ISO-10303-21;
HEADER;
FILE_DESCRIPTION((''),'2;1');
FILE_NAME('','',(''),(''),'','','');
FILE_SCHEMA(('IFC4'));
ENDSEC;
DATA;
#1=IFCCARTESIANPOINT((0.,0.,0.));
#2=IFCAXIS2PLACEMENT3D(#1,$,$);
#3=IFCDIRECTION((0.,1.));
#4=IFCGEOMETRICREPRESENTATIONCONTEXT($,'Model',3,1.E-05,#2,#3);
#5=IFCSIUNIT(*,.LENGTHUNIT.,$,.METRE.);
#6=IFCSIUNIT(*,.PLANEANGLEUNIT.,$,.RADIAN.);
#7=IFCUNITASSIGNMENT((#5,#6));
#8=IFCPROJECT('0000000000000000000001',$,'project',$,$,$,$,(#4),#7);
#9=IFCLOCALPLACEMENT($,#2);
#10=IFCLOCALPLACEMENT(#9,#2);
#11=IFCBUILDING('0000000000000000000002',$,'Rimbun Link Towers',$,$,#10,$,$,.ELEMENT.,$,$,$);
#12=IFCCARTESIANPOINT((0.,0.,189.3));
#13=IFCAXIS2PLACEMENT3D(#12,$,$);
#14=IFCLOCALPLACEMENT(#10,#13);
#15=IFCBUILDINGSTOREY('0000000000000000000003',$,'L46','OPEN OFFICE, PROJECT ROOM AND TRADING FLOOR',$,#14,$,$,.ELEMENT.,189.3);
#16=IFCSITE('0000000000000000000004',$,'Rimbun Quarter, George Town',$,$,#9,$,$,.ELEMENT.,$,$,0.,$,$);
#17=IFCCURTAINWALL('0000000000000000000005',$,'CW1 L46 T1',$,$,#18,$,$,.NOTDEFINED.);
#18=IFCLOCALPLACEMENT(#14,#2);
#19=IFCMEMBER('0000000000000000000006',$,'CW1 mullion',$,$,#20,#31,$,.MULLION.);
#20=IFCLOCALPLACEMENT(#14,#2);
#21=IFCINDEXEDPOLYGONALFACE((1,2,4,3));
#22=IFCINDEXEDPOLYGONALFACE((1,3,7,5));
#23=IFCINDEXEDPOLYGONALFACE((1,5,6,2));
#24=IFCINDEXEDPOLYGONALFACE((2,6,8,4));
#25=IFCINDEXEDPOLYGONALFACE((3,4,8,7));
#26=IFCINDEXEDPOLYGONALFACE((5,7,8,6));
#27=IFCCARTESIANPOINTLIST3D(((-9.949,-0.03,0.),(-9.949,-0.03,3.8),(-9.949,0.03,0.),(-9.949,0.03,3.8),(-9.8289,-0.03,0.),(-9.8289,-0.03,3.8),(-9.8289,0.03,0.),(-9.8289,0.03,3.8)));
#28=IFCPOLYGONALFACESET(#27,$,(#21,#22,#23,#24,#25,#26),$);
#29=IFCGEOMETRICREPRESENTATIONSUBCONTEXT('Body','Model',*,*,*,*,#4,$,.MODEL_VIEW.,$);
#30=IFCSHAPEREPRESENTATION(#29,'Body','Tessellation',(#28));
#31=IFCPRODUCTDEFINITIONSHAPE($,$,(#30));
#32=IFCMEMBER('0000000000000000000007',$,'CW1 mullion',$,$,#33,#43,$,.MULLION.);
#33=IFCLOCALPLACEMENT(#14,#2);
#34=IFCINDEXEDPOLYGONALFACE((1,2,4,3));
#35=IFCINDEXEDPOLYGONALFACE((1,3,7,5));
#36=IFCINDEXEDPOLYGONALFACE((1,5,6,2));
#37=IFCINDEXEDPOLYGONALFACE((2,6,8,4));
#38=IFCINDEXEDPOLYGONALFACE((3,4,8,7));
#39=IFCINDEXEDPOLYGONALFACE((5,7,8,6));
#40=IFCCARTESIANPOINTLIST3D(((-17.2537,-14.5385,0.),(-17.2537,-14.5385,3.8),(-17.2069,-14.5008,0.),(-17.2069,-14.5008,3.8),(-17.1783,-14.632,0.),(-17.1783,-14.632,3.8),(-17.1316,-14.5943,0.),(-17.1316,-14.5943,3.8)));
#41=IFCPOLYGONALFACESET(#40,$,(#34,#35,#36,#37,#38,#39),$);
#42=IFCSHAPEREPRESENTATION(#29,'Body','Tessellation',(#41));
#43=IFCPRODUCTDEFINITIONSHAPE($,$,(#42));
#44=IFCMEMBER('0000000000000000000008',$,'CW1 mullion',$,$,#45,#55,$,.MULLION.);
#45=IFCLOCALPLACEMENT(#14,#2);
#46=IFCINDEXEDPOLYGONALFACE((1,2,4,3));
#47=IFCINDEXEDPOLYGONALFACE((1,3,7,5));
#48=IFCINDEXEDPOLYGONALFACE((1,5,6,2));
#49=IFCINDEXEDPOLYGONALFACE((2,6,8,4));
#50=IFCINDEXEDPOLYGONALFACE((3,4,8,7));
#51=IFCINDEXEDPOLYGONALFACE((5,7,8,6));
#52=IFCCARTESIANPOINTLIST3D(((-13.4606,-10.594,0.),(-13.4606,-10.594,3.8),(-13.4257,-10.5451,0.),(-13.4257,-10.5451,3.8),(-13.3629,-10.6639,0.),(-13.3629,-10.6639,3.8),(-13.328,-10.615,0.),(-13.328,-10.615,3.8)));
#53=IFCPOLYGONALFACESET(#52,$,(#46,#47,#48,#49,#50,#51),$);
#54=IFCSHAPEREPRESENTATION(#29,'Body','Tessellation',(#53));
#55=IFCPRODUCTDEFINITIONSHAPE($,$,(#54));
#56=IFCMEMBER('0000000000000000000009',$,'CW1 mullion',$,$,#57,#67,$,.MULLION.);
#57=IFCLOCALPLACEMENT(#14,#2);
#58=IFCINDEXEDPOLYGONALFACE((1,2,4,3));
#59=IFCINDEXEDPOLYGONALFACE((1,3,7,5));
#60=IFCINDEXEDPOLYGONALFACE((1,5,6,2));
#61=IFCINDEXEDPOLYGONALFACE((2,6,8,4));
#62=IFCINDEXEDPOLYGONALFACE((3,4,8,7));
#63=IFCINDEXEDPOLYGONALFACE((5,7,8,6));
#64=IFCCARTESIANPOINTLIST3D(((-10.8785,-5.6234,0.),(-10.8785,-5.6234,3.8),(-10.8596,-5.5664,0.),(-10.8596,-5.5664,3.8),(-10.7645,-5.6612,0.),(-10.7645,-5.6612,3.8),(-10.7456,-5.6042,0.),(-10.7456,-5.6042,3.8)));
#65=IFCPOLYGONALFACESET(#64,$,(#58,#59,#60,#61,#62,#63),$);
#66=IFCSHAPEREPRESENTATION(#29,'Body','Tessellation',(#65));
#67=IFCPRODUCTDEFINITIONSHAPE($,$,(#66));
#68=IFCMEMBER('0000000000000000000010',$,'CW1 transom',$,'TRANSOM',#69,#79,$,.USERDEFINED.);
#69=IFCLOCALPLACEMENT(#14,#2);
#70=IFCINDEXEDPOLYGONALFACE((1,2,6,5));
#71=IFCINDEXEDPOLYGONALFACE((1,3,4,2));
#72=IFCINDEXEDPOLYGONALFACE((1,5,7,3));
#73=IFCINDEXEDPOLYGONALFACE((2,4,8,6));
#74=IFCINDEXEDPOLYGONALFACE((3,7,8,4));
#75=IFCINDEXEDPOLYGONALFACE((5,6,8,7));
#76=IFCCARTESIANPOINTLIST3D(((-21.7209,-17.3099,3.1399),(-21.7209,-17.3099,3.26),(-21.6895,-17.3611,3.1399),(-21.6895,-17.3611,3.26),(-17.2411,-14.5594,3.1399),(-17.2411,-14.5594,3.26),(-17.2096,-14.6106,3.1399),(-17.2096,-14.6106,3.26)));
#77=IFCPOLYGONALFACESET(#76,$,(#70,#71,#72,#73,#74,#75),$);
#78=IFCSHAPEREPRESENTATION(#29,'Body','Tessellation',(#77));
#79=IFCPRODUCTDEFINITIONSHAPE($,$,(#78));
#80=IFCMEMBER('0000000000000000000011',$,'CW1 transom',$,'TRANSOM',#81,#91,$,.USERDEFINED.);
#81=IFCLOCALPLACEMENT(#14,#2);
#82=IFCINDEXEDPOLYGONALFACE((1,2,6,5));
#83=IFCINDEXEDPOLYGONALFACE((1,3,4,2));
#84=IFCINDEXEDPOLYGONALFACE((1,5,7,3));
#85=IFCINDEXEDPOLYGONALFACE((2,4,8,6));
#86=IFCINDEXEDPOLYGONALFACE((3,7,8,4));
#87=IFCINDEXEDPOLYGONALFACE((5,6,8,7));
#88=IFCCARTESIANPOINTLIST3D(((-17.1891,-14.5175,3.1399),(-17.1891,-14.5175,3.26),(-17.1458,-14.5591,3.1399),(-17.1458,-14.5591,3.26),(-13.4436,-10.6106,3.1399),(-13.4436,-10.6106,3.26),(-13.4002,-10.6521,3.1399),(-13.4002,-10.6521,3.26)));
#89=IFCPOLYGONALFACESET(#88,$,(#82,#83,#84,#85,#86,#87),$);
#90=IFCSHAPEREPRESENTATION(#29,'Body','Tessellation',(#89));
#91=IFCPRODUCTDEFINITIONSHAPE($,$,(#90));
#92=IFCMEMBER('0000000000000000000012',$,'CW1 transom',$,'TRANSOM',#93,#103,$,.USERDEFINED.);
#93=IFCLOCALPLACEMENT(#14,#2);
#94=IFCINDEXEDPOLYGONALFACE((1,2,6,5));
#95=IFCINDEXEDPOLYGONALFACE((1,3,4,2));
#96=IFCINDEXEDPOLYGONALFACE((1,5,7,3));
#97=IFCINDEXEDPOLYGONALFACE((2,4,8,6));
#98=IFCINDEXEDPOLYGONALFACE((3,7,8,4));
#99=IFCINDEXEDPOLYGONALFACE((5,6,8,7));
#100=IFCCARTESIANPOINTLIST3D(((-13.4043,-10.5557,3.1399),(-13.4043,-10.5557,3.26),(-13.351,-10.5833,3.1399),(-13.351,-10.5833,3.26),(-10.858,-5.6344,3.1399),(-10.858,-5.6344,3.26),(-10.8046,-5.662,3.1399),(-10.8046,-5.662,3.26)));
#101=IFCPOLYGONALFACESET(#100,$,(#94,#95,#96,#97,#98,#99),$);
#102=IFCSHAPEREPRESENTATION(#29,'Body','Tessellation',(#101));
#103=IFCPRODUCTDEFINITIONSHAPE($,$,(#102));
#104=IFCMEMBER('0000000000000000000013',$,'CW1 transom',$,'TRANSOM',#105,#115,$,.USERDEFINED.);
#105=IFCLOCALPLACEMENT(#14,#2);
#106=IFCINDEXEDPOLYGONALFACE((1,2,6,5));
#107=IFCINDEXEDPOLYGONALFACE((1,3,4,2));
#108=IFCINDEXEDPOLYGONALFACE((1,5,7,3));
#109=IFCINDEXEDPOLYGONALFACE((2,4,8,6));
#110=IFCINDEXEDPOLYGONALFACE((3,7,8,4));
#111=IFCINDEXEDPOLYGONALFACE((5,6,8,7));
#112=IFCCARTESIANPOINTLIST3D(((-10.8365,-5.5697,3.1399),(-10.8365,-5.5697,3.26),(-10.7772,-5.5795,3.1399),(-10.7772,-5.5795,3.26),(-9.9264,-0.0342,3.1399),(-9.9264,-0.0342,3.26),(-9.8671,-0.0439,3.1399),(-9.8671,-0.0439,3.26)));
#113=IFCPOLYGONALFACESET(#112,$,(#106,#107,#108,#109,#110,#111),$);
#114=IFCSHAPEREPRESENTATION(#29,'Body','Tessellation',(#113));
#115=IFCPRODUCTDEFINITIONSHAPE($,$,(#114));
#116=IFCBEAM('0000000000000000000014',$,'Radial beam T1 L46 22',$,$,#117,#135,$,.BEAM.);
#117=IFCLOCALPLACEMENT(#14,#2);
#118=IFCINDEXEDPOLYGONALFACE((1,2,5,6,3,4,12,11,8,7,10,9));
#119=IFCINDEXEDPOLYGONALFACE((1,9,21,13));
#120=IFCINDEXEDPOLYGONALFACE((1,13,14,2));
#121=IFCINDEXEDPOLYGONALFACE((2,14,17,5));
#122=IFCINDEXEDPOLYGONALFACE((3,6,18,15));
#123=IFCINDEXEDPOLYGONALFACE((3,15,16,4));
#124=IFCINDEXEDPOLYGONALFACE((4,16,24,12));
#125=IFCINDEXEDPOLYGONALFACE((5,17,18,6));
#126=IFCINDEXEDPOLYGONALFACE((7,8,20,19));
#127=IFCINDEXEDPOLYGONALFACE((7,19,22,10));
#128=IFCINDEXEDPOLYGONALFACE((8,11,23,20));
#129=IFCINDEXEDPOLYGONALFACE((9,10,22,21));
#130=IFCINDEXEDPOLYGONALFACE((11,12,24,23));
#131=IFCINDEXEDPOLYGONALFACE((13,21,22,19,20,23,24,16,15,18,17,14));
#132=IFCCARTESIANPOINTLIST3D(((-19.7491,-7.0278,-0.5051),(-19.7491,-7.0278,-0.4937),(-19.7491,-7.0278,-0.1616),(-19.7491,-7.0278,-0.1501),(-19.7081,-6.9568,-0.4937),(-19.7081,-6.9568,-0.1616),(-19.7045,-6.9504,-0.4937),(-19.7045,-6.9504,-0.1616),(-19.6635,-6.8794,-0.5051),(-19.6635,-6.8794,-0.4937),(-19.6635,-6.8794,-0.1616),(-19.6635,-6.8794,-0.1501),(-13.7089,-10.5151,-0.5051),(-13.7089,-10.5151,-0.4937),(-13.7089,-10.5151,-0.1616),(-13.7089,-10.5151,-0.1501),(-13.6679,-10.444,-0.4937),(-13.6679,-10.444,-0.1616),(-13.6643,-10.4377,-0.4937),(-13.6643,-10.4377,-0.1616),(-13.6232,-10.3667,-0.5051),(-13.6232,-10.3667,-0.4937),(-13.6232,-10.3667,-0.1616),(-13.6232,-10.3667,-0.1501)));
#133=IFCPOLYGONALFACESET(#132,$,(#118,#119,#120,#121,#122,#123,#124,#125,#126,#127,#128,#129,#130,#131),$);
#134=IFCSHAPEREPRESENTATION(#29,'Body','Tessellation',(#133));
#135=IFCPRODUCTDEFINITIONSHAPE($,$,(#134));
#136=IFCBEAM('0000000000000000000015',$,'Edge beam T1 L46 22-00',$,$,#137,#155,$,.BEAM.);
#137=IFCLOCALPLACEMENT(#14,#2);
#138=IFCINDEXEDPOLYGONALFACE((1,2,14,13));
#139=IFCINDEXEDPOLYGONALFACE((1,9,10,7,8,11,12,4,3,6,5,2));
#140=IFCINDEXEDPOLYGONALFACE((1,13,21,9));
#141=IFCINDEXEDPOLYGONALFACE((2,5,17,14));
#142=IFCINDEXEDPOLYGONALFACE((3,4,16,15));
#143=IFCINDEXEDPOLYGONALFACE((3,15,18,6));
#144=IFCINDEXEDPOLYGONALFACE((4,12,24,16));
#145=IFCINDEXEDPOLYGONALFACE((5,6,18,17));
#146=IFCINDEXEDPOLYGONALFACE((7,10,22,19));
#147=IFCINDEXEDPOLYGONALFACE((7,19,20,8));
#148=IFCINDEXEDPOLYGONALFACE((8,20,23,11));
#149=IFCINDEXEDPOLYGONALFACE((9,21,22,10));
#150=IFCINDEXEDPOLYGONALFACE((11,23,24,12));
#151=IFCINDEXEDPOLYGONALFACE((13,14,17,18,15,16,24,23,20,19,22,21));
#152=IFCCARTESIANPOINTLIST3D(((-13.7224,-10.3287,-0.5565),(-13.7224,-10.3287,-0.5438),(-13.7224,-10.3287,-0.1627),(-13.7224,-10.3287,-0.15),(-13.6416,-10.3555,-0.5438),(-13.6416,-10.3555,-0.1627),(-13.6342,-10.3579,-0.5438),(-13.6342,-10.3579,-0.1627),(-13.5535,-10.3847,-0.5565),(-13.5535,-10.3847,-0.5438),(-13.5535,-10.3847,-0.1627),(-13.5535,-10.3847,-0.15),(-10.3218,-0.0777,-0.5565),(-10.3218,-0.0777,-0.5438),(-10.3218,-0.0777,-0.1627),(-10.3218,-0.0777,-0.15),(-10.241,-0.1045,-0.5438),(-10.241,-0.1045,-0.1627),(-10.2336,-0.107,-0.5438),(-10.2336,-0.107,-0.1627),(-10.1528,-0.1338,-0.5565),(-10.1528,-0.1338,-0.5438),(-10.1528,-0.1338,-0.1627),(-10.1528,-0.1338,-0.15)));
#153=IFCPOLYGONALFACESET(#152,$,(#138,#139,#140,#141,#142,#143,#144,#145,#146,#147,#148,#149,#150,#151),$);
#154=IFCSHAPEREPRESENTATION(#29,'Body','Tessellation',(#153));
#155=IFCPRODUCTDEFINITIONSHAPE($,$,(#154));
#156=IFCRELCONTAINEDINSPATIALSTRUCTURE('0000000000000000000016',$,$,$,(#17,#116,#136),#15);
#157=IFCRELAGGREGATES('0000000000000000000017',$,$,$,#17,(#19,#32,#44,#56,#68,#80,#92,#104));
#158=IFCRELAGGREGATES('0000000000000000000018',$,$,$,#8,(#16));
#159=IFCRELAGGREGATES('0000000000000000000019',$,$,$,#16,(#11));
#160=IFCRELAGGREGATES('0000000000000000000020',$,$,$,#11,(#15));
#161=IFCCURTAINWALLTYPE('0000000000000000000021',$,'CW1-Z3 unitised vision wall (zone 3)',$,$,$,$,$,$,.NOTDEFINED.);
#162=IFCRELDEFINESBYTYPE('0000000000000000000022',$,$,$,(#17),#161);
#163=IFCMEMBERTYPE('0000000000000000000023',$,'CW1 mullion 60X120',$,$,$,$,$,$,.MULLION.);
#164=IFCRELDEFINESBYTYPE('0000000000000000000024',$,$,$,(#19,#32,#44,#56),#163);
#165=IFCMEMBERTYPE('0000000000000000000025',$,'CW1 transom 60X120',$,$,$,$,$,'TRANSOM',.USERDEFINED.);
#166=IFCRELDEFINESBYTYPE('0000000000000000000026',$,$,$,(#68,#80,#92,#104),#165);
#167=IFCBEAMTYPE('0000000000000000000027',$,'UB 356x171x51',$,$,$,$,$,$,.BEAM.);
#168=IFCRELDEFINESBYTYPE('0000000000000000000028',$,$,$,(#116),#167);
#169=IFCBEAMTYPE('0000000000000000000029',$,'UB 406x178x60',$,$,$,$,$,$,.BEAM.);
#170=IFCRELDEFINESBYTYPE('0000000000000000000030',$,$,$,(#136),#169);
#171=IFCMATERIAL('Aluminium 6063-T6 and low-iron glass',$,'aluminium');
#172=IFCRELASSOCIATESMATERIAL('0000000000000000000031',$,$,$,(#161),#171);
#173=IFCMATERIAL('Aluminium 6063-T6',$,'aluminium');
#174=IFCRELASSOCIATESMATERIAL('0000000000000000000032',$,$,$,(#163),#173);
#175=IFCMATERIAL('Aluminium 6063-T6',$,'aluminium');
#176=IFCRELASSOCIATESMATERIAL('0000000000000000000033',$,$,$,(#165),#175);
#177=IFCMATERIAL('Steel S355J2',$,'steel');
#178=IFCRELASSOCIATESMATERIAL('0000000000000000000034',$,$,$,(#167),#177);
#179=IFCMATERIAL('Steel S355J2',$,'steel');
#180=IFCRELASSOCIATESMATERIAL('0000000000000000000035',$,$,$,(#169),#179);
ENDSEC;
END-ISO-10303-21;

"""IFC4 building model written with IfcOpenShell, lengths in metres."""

from ifc_helpers import new_model, si_unit, direction, frame, origin, origin_2d, place, context, subcontext, project, spatial, rectangle, i_section, extrude, material, material_profile, profile_set, type_object, element, aggregate, save


model = new_model("IFC4")

# Units and contexts
model_context = context("Model", 3, precision=1e-05, world=origin(), true_north=direction((0.0, 1.0)))
body_context = subcontext(model_context, "Body", "Model", "MODEL_VIEW")
ifc_project = project(units=[si_unit("LENGTHUNIT", "METRE"), si_unit("PLANEANGLEUNIT", "RADIAN")], contexts=[model_context])

# Site, building, storey
site_placement = place(None, origin())
site = spatial("IfcSite", under=ifc_project, at=site_placement, Name="Rimbun Quarter, George Town", CompositionType="ELEMENT", RefElevation=0.0)
building_placement = place(site_placement, origin())
building = spatial("IfcBuilding", under=site, at=building_placement, Name="Rimbun Link Towers", CompositionType="ELEMENT")
storey_placement = place(building_placement, frame((0.0, 0.0, 189.3)))
storey = spatial("IfcBuildingStorey", under=building, at=storey_placement, Name="L46", Description="OPEN OFFICE, PROJECT ROOM AND TRADING FLOOR", CompositionType="ELEMENT", Elevation=189.3)

# Curtain wall, members
ifc_material_1 = material(Name="Aluminium 6063-T6 and low-iron glass", Category="aluminium")
curtain_wall_type = type_object("IfcCurtainWallType", Name="CW1-Z3 unitised vision wall (zone 3)", PredefinedType="NOTDEFINED", material=ifc_material_1)
curtain_wall_placement = place(storey_placement, origin())
curtain_wall = element("IfcCurtainWall", 1, at=curtain_wall_placement, inside=storey, type_object=curtain_wall_type, Name="CW1 L46 T1", PredefinedType="NOTDEFINED")
ifc_material_2 = material(Name="Aluminium 6063-T6", Category="aluminium")
ifc_material_profile_1 = material_profile(ifc_material_2, rectangle(XDim=0.1201, YDim=0.0601, at=origin_2d()), Name="MULLION 60X120")
ifc_profile_set_1 = profile_set([ifc_material_profile_1], Name="Aluminium 6063-T6")
member_type_1 = type_object("IfcMemberType", Name="CW1 mullion 60X120", PredefinedType="MULLION", material=ifc_profile_set_1)
member_1_placement = place(storey_placement, frame((-9.8889, 0.0, 0.0), z_axis=(0.0, 0.0, 1.0), x_axis=(1.0, 0.0, 0.0)))
member_1 = element("IfcMember", 2, at=member_1_placement, type_object=member_type_1, Name="CW1 mullion", PredefinedType="MULLION", context=body_context, shape_type="SweptSolid", body=[
    extrude(rectangle(XDim=0.1201, YDim=0.0601, at=origin_2d()), origin(), (0.0, 0.0, 1.0), 3.8),
])
member_2_placement = place(storey_placement, frame((-17.1926, -14.5664, 0.0), z_axis=(0.0, 0.0, 1.0), x_axis=(0.627666, -0.778483, 0.0)))
member_2 = element("IfcMember", 3, at=member_2_placement, type_object=member_type_1, Name="CW1 mullion", PredefinedType="MULLION", context=body_context, shape_type="SweptSolid", body=[
    extrude(rectangle(XDim=0.1201, YDim=0.0601, at=origin_2d()), origin(), (0.0, 0.0, 1.0), 3.8),
])
member_3_placement = place(storey_placement, frame((-13.3943, -10.6045, 0.0), z_axis=(0.0, 0.0, 1.0), x_axis=(0.813347, -0.581779, 0.0)))
member_3 = element("IfcMember", 4, at=member_3_placement, type_object=member_type_1, Name="CW1 mullion", PredefinedType="MULLION", context=body_context, shape_type="SweptSolid", body=[
    extrude(rectangle(XDim=0.1201, YDim=0.0601, at=origin_2d()), origin(), (0.0, 0.0, 1.0), 3.8),
])
member_4_placement = place(storey_placement, frame((-10.812, -5.6138, 0.0), z_axis=(0.0, 0.0, 1.0), x_axis=(0.949162, -0.314788, 0.0)))
member_4 = element("IfcMember", 5, at=member_4_placement, type_object=member_type_1, Name="CW1 mullion", PredefinedType="MULLION", context=body_context, shape_type="SweptSolid", body=[
    extrude(rectangle(XDim=0.1201, YDim=0.0601, at=origin_2d()), origin(), (0.0, 0.0, 1.0), 3.8),
])
ifc_material_3 = material(Name="Aluminium 6063-T6", Category="aluminium")
ifc_material_profile_2 = material_profile(ifc_material_3, rectangle(XDim=0.0601, YDim=0.1201, at=origin_2d()), Name="TRANSOM 60X120")
ifc_profile_set_2 = profile_set([ifc_material_profile_2], Name="Aluminium 6063-T6")
member_type_2 = type_object("IfcMemberType", Name="CW1 transom 60X120", ElementType="TRANSOM", PredefinedType="USERDEFINED", material=ifc_profile_set_2)
member_5_placement = place(storey_placement, frame((-17.2253, -14.585, 3.2), z_axis=(-0.85219, -0.523232, 0.0), x_axis=(0.523232, -0.85219, 0.0)))
member_5 = element("IfcMember", 6, at=member_5_placement, type_object=member_type_2, Name="CW1 transom", ObjectType="TRANSOM", PredefinedType="USERDEFINED", context=body_context, shape_type="SweptSolid", body=[
    extrude(rectangle(XDim=0.0601, YDim=0.1201, at=origin_2d()), origin(), (0.0, 0.0, 1.0), 5.2568),
])
member_6_placement = place(storey_placement, frame((-13.4219, -10.6313, 3.2), z_axis=(-0.692042, -0.721858, 0.0), x_axis=(0.721858, -0.692042, 0.0)))
member_6 = element("IfcMember", 7, at=member_6_placement, type_object=member_type_2, Name="CW1 transom", ObjectType="TRANSOM", PredefinedType="USERDEFINED", context=body_context, shape_type="SweptSolid", body=[
    extrude(rectangle(XDim=0.0601, YDim=0.1201, at=origin_2d()), origin(), (0.0, 0.0, 1.0), 5.4124),
])
member_7_placement = place(storey_placement, frame((-10.8313, -5.6482, 3.2), z_axis=(-0.459543, -0.888156, 0.0), x_axis=(0.888156, -0.459543, 0.0)))
member_7 = element("IfcMember", 8, at=member_7_placement, type_object=member_type_2, Name="CW1 transom", ObjectType="TRANSOM", PredefinedType="USERDEFINED", context=body_context, shape_type="SweptSolid", body=[
    extrude(rectangle(XDim=0.0601, YDim=0.1201, at=origin_2d()), origin(), (0.0, 0.0, 1.0), 5.541),
])
member_8_placement = place(storey_placement, frame((-9.8967, -0.0391, 3.2), z_axis=(-0.162239, -0.986751, 0.0), x_axis=(0.986751, -0.162239, 0.0)))
member_8 = element("IfcMember", 9, at=member_8_placement, type_object=member_type_2, Name="CW1 transom", ObjectType="TRANSOM", PredefinedType="USERDEFINED", context=body_context, shape_type="SweptSolid", body=[
    extrude(rectangle(XDim=0.0601, YDim=0.1201, at=origin_2d()), origin(), (0.0, 0.0, 1.0), 5.6099),
])

# Beams
ifc_material_4 = material(Name="Steel S355J2", Category="steel")
ifc_material_profile_3 = material_profile(ifc_material_4, i_section(OverallWidth=0.1714, OverallDepth=0.355, WebThickness=0.0073, FlangeThickness=0.0115, at=origin_2d()), Name="UB 356x171x51")
ifc_profile_set_3 = profile_set([ifc_material_profile_3], Name="Steel S355J2")
beam_type_1 = type_object("IfcBeamType", Name="UB 356x171x51", PredefinedType="BEAM", material=ifc_profile_set_3)
beam_1_placement = place(storey_placement, frame((-19.7063, -6.9536, -0.3276), z_axis=(0.866029, -0.499994, 0.0), x_axis=(0.499994, 0.866029, 0.0)))
element("IfcBeam", 10, at=beam_1_placement, inside=storey, type_object=beam_type_1, Name="Radial beam T1 L46 22", PredefinedType="BEAM", context=body_context, shape_type="SweptSolid", body=[
    extrude(i_section(OverallWidth=0.1714, OverallDepth=0.355, WebThickness=0.0073, FlangeThickness=0.0115, at=origin_2d()), origin(), (0.0, 0.0, 1.0), 6.9746),
])
ifc_material_5 = material(Name="Steel S355J2", Category="steel")
ifc_material_profile_4 = material_profile(ifc_material_5, i_section(OverallWidth=0.178, OverallDepth=0.4065, WebThickness=0.0078, FlangeThickness=0.0127, at=origin_2d()), Name="UB 406x178x60")
ifc_profile_set_4 = profile_set([ifc_material_profile_4], Name="Steel S355J2")
beam_type_2 = type_object("IfcBeamType", Name="UB 406x178x60", PredefinedType="BEAM", material=ifc_profile_set_4)
beam_2_placement = place(storey_placement, frame((-13.6379, -10.3567, -0.3533), z_axis=(0.314864, 0.949137, 0.0), x_axis=(-0.949137, 0.314864, 0.0)))
element("IfcBeam", 11, at=beam_2_placement, inside=storey, type_object=beam_type_2, Name="Edge beam T1 L46 22-00", PredefinedType="BEAM", context=body_context, shape_type="SweptSolid", body=[
    extrude(i_section(OverallWidth=0.178, OverallDepth=0.4065, WebThickness=0.0078, FlangeThickness=0.0127, at=origin_2d()), origin(), (0.0, 0.0, 1.0), 10.8003),
])

aggregate(curtain_wall, [member_1, member_2, member_3, member_4, member_5, member_6, member_7, member_8])

save(model, "model.ifc")
